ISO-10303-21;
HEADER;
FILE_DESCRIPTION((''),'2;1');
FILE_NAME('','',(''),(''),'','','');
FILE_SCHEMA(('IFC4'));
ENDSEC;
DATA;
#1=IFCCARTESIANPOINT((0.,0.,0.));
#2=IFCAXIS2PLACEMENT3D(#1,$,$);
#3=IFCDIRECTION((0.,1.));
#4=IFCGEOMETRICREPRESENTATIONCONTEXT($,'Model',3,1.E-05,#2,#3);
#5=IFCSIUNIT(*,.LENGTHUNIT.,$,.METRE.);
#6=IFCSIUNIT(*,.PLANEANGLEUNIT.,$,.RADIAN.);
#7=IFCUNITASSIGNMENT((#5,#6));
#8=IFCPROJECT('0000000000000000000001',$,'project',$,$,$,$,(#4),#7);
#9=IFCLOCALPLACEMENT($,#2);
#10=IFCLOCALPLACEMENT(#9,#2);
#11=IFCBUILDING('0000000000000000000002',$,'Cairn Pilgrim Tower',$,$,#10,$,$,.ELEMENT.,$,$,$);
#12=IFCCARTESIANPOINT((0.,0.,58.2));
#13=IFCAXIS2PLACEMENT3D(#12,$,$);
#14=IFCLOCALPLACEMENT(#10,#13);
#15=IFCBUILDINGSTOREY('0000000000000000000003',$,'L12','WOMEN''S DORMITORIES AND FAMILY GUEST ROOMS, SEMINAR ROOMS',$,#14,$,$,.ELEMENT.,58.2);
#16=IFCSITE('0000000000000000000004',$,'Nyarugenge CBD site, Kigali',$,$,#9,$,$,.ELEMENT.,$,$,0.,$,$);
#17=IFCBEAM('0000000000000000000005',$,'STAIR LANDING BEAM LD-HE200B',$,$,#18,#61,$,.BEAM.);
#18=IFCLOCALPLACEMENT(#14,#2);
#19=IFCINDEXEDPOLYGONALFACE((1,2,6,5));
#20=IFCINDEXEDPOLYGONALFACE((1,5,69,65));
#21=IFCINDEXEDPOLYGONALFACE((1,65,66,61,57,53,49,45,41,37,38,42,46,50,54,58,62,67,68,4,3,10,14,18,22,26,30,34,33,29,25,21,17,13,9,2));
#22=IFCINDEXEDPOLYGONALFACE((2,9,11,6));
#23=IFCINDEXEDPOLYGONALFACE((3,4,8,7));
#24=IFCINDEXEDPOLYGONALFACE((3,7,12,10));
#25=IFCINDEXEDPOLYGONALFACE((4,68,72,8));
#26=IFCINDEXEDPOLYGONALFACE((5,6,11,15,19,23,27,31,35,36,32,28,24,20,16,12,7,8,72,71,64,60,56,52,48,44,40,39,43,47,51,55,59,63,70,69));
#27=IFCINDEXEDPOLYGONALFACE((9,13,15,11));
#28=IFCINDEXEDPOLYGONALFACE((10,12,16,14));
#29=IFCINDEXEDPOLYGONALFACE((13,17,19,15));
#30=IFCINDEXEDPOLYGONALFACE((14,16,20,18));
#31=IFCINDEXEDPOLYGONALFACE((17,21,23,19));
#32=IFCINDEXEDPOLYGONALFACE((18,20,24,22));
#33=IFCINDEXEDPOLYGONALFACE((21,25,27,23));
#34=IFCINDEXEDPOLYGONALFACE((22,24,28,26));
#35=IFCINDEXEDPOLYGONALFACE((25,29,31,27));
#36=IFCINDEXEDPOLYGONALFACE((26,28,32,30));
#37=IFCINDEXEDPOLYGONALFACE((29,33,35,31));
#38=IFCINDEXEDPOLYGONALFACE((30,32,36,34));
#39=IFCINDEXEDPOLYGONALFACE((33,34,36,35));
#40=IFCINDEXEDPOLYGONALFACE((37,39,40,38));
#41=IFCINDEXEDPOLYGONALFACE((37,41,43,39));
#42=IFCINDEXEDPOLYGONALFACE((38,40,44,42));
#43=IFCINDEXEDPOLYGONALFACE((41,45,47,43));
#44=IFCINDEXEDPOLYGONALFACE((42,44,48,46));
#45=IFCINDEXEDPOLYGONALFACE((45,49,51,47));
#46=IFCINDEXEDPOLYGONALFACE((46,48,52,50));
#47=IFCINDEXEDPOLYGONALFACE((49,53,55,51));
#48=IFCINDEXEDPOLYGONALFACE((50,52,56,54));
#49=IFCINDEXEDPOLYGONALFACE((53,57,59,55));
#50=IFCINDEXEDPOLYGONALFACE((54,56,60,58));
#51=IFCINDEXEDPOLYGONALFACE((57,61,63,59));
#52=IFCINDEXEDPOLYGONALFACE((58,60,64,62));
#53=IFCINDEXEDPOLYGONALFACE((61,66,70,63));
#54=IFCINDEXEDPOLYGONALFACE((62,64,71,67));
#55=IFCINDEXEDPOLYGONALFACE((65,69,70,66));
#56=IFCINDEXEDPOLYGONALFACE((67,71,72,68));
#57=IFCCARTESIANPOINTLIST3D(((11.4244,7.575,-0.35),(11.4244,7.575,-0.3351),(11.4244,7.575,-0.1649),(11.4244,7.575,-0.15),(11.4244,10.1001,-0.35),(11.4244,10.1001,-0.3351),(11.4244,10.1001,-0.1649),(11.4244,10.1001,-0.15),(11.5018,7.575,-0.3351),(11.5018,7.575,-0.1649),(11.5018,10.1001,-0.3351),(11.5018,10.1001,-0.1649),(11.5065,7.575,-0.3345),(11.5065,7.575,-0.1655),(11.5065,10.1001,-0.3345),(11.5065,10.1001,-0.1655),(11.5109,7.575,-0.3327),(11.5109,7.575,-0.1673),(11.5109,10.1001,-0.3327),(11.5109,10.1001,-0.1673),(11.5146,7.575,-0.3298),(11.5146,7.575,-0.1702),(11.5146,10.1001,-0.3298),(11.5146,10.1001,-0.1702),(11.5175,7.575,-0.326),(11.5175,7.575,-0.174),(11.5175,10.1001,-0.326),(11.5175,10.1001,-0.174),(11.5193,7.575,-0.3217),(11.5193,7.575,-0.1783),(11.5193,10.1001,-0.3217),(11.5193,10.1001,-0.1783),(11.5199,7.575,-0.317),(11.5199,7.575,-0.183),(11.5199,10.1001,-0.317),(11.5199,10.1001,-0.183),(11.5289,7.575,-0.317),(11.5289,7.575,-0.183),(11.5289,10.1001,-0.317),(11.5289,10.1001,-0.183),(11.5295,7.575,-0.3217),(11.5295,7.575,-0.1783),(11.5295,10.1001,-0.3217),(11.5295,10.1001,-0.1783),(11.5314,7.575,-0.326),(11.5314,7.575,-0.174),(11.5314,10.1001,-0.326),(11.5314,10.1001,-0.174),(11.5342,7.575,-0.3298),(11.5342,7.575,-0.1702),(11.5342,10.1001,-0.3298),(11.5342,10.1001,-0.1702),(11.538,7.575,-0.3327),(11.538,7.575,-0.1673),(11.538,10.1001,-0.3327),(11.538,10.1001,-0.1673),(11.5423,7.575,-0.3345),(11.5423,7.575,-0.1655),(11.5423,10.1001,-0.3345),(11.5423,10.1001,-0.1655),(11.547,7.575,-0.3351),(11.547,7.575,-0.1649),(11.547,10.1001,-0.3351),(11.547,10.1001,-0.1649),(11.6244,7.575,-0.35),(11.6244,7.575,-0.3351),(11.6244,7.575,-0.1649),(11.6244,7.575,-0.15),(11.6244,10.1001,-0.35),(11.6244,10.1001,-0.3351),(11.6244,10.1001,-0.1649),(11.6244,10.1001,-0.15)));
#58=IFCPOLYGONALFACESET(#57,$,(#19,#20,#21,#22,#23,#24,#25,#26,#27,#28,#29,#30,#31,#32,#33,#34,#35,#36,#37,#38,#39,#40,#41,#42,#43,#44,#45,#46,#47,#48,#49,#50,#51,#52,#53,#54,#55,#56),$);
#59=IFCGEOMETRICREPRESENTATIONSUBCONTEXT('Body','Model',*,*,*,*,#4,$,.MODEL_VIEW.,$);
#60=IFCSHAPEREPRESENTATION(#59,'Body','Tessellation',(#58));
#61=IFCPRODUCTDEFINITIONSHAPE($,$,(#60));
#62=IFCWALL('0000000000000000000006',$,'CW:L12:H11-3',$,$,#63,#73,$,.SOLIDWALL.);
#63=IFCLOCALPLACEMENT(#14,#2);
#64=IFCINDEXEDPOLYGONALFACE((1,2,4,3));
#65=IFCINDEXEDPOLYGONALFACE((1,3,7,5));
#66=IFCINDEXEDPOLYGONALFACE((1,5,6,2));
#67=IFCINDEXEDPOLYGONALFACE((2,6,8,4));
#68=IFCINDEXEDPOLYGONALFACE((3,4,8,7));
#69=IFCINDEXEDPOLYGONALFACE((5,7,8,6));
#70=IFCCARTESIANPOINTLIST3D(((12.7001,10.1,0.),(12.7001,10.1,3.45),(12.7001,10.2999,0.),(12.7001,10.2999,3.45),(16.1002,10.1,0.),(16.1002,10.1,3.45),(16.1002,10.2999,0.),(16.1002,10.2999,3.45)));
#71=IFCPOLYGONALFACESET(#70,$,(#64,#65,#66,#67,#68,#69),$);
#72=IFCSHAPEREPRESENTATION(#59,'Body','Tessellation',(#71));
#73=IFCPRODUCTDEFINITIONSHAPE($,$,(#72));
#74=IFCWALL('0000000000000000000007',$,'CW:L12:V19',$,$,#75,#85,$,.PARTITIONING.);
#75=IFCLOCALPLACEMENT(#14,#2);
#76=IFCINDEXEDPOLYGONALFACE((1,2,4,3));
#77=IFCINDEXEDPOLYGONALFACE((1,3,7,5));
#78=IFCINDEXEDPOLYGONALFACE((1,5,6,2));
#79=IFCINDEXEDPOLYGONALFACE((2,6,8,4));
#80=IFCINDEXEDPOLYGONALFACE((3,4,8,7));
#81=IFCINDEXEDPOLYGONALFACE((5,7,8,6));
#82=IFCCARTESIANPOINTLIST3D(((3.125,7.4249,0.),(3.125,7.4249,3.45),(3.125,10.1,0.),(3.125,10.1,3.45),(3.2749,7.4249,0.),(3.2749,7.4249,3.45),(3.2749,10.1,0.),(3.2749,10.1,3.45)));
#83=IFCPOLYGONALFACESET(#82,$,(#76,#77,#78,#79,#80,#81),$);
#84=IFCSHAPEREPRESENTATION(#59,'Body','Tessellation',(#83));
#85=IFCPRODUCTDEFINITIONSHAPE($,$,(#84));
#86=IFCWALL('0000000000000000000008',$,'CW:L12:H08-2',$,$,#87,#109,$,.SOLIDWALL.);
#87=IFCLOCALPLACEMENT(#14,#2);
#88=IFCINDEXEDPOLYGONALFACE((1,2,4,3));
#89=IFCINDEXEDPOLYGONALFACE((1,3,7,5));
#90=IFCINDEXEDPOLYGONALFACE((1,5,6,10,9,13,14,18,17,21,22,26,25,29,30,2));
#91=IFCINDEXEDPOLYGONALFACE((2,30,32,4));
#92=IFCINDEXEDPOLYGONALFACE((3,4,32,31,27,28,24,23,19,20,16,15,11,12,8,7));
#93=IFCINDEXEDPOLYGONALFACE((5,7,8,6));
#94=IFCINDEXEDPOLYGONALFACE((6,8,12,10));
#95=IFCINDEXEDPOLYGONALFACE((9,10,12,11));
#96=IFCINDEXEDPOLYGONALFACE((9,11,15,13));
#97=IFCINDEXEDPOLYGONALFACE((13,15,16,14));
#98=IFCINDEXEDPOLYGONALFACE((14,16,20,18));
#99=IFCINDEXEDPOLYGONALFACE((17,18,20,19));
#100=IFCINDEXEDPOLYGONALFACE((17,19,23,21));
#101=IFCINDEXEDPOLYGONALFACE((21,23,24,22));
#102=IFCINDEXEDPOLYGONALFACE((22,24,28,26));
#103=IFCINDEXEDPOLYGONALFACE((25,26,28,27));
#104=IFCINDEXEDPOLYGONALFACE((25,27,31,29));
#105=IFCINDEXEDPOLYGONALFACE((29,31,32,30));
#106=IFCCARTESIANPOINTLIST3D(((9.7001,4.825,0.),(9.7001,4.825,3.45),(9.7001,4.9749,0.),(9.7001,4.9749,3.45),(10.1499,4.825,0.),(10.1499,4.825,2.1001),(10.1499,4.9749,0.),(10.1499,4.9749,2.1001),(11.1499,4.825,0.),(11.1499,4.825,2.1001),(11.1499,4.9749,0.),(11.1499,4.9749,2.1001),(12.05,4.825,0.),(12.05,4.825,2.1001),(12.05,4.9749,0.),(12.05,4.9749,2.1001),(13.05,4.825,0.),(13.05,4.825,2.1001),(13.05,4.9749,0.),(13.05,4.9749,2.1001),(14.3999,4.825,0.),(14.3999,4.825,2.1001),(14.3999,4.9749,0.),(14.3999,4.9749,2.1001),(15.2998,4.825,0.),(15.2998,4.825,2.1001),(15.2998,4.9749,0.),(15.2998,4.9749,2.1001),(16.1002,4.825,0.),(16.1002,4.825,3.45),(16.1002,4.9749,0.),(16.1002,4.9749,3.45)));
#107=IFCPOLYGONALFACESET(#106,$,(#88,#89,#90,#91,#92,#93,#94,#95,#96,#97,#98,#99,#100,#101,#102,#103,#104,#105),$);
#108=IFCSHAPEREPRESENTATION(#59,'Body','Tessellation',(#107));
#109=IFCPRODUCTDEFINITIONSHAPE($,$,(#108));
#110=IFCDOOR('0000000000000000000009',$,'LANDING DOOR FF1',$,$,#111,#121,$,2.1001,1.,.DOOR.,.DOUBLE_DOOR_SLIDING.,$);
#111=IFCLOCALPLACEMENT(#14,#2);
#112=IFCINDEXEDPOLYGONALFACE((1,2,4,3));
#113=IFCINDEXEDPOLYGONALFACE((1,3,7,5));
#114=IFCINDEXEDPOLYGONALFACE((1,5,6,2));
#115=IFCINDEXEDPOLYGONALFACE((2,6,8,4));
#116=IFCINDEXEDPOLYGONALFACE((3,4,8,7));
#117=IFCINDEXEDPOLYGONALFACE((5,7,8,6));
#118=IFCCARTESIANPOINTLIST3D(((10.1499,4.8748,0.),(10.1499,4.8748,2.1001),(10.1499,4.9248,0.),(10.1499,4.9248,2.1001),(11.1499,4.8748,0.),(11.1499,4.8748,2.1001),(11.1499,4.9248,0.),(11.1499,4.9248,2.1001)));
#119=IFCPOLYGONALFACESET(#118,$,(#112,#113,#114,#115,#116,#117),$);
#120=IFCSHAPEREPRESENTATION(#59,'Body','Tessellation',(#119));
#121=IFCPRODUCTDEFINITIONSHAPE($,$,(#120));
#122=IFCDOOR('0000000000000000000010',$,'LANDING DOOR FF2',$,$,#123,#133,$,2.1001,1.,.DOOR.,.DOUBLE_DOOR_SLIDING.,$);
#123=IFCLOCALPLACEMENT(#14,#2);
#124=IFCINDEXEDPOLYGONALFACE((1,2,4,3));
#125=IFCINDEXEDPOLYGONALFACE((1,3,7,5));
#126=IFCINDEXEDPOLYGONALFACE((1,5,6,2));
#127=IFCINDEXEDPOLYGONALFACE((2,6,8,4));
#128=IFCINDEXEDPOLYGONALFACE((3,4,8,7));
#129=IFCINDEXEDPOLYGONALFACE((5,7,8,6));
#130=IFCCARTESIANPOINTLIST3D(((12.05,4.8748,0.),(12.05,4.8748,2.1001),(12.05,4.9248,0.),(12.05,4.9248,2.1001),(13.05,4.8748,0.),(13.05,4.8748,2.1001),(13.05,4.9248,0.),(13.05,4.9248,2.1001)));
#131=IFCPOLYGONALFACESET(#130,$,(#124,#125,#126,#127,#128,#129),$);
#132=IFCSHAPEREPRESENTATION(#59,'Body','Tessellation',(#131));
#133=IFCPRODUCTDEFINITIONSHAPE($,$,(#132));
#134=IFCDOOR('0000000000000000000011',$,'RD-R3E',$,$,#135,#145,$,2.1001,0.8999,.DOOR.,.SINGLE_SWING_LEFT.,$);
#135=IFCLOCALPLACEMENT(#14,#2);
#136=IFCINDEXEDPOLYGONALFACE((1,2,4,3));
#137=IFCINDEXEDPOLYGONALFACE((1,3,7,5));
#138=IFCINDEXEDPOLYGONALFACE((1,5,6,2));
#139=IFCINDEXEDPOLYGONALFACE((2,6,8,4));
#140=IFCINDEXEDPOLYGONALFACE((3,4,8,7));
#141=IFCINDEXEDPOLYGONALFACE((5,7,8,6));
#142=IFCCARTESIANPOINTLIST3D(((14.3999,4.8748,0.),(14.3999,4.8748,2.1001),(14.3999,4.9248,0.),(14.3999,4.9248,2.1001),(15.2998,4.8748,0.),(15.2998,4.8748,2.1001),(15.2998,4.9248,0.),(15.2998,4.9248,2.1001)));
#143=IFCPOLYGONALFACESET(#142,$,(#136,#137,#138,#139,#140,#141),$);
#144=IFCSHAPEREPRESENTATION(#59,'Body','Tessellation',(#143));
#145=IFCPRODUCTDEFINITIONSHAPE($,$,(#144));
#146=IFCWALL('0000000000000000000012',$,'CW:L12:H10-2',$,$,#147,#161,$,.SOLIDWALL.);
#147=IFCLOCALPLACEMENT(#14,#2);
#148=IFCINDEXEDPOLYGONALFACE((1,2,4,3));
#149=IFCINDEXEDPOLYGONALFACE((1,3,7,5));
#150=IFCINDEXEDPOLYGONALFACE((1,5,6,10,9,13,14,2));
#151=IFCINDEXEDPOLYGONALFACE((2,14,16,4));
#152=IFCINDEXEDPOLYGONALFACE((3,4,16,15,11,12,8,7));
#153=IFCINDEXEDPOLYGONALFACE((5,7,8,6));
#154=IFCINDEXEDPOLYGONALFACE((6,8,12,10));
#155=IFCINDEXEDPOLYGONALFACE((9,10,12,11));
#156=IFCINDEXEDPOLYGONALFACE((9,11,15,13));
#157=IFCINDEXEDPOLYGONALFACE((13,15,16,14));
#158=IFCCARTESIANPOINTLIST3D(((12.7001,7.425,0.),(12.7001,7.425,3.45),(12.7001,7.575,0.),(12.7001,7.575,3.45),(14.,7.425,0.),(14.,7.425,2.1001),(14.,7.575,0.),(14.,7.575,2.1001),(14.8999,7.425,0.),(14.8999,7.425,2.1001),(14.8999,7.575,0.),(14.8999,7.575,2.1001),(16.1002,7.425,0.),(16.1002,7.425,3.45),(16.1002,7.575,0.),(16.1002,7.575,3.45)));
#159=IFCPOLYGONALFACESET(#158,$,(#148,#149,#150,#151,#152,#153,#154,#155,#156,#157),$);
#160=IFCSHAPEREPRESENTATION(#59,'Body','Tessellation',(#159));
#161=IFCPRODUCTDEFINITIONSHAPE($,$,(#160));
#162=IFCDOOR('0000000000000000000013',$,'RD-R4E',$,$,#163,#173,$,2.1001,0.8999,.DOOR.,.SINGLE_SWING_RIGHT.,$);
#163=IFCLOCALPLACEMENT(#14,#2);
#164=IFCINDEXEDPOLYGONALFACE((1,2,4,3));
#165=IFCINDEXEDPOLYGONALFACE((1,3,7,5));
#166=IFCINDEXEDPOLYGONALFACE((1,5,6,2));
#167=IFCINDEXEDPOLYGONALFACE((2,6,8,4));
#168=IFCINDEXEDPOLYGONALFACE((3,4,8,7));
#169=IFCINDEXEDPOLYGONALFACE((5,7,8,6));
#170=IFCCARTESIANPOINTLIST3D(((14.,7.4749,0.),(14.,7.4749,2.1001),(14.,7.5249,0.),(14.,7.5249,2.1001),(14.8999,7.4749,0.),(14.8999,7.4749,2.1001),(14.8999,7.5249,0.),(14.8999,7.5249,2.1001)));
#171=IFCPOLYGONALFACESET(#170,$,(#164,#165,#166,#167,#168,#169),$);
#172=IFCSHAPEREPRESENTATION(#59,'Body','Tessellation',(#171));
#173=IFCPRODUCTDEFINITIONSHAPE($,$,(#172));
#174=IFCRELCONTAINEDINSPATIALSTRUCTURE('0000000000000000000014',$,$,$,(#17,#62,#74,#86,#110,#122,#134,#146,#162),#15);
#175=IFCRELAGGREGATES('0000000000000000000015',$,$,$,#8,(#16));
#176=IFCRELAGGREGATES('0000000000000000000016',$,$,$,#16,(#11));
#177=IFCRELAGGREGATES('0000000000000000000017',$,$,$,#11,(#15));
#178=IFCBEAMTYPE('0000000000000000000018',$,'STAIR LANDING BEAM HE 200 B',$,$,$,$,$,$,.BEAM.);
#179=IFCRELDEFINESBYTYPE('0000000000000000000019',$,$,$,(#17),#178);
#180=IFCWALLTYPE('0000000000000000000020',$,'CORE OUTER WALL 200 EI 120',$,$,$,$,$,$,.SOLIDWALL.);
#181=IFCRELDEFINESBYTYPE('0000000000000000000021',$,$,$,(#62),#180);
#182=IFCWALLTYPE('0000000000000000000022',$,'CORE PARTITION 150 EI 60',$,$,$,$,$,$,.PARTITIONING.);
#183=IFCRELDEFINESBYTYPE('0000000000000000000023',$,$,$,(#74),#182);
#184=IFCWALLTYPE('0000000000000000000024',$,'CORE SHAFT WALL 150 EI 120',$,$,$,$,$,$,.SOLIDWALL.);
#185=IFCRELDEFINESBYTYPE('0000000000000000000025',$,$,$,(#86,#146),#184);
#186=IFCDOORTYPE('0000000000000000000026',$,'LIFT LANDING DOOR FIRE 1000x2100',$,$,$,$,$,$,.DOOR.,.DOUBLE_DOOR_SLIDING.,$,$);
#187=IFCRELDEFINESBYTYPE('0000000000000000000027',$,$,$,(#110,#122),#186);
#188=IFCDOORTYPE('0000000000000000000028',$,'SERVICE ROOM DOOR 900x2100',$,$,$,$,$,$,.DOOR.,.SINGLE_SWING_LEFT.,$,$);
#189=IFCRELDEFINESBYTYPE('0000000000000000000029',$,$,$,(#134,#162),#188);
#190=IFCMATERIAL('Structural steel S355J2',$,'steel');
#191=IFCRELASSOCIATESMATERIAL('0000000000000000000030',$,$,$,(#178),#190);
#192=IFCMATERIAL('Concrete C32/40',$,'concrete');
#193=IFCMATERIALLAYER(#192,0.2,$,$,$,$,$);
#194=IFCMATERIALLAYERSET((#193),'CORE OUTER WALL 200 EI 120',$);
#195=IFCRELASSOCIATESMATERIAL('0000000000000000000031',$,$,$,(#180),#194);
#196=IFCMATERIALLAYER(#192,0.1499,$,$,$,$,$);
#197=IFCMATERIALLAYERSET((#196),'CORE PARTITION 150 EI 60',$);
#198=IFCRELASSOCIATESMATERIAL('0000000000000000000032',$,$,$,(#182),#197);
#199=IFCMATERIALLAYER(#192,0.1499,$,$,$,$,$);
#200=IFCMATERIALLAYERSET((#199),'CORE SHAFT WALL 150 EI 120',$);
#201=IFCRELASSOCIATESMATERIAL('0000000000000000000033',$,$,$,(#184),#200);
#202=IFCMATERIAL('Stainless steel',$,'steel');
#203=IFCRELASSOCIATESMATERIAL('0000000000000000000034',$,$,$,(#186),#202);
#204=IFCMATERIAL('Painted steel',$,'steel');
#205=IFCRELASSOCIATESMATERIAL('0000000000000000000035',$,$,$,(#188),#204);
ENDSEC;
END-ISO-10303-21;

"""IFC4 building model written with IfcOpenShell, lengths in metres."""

from ifc_helpers import new_model, si_unit, direction, frame, frame_2d, origin, origin_2d, place, context, subcontext, project, spatial, rectangle, i_section, extrude, material, layer, layer_set, material_profile, profile_set, type_object, element, fill, save


model = new_model("IFC4")

# Units and contexts
model_context = context("Model", 3, precision=1e-05, world=origin(), true_north=direction((0.0, 1.0)))
body_context = subcontext(model_context, "Body", "Model", "MODEL_VIEW")
ifc_project = project(units=[si_unit("LENGTHUNIT", "METRE"), si_unit("PLANEANGLEUNIT", "RADIAN")], contexts=[model_context])

# Site, building, storey
site_placement = place(None, origin())
site = spatial("IfcSite", under=ifc_project, at=site_placement, Name="Nyarugenge CBD site, Kigali", CompositionType="ELEMENT", RefElevation=0.0)
building_placement = place(site_placement, origin())
building = spatial("IfcBuilding", under=site, at=building_placement, Name="Cairn Pilgrim Tower", CompositionType="ELEMENT")
storey_placement = place(building_placement, frame((0.0, 0.0, 58.2)))
storey = spatial("IfcBuildingStorey", under=building, at=storey_placement, Name="L12", Description="WOMEN'S DORMITORIES AND FAMILY GUEST ROOMS, SEMINAR ROOMS", CompositionType="ELEMENT", Elevation=58.2)

# Beam
ifc_material_1 = material(Name="Structural steel S355J2", Category="steel")
ifc_material_profile_1 = material_profile(ifc_material_1, i_section(OverallWidth=0.2, OverallDepth=0.2, WebThickness=0.009, FlangeThickness=0.0149, FilletRadius=0.0181, at=origin_2d()), Name="HE 200 B")
ifc_profile_set_1 = profile_set([ifc_material_profile_1], Name="Structural steel S355J2")
beam_type_1 = type_object("IfcBeamType", Name="STAIR LANDING BEAM HE 200 B", PredefinedType="BEAM", material=ifc_profile_set_1)
beam_1_placement = place(storey_placement, frame((11.5244, 10.1001, -0.25), z_axis=(0.0, -1.0, 0.0), x_axis=(1.0, 0.0, 0.0)))
element("IfcBeam", 1, at=beam_1_placement, inside=storey, type_object=beam_type_1, Name="STAIR LANDING BEAM LD-HE200B", PredefinedType="BEAM", context=body_context, shape_type="SweptSolid", body=[
    extrude(i_section(OverallWidth=0.2, OverallDepth=0.2, WebThickness=0.009, FlangeThickness=0.0149, FilletRadius=0.0181, at=origin_2d()), origin(), (0.0, 0.0, 1.0), 2.5251),
])

# Walls
ifc_material_2 = material(Name="Concrete C32/40", Category="concrete")
ifc_layer_1 = layer(ifc_material_2, 0.2)
ifc_layer_set_1 = layer_set([ifc_layer_1], Name="CORE OUTER WALL 200 EI 120")
wall_type_1 = type_object("IfcWallType", Name="CORE OUTER WALL 200 EI 120", PredefinedType="SOLIDWALL", material=ifc_layer_set_1)
wall_1_placement = place(storey_placement, frame((12.7, 10.2, 0.0), z_axis=(0.0, 0.0, 1.0), x_axis=(1.0, 0.0, 0.0)))
element("IfcWall", 2, at=wall_1_placement, inside=storey, type_object=wall_type_1, Name="CW:L12:H11-3", PredefinedType="SOLIDWALL", context=body_context, shape_type="SweptSolid", body=[
    extrude(rectangle(XDim=3.4001, YDim=0.2, at=frame_2d((1.7002, 0.0))), origin(), (0.0, 0.0, 1.0), 3.45),
])
ifc_layer_2 = layer(ifc_material_2, 0.1499)
ifc_layer_set_2 = layer_set([ifc_layer_2], Name="CORE PARTITION 150 EI 60")
wall_type_2 = type_object("IfcWallType", Name="CORE PARTITION 150 EI 60", PredefinedType="PARTITIONING", material=ifc_layer_set_2)
wall_2_placement = place(storey_placement, frame((3.2, 7.425, 0.0), z_axis=(0.0, 0.0, 1.0), x_axis=(0.0, 1.0, 0.0)))
element("IfcWall", 3, at=wall_2_placement, inside=storey, type_object=wall_type_2, Name="CW:L12:V19", PredefinedType="PARTITIONING", context=body_context, shape_type="SweptSolid", body=[
    extrude(rectangle(XDim=2.675, YDim=0.1499, at=frame_2d((1.3374, 0.0))), origin(), (0.0, 0.0, 1.0), 3.45),
])

# Wall, openings, doors
ifc_layer_3 = layer(ifc_material_2, 0.1499)
ifc_layer_set_3 = layer_set([ifc_layer_3], Name="CORE SHAFT WALL 150 EI 120")
wall_type_3 = type_object("IfcWallType", Name="CORE SHAFT WALL 150 EI 120", PredefinedType="SOLIDWALL", material=ifc_layer_set_3)
wall_3_placement = place(storey_placement, frame((9.7, 4.8999, 0.0), z_axis=(0.0, 0.0, 1.0), x_axis=(1.0, 0.0, 0.0)))
wall_3 = element("IfcWall", 4, at=wall_3_placement, inside=storey, type_object=wall_type_3, Name="CW:L12:H08-2", PredefinedType="SOLIDWALL", context=body_context, shape_type="SweptSolid", body=[
    extrude(rectangle(XDim=6.4001, YDim=0.1499, at=frame_2d((3.2002, 0.0))), origin(), (0.0, 0.0, 1.0), 3.45),
])
opening_1_placement = place(wall_3_placement, frame((0.45, 0.0, 0.0)))
opening_1 = element("IfcOpeningElement", 5, at=opening_1_placement, cuts=wall_3, PredefinedType="OPENING", context=body_context, shape_type="SweptSolid", body=[
    extrude(rectangle(XDim=1.0, YDim=2.1001, at=frame_2d((0.5, 1.05))), frame((0.0, 0.085, 0.0), z_axis=(0.0, -1.0, 0.0), x_axis=(1.0, 0.0, 0.0)), (0.0, 0.0, 1.0), 0.1699),
])
opening_2_placement = place(wall_3_placement, frame((2.3501, 0.0, 0.0)))
opening_2 = element("IfcOpeningElement", 6, at=opening_2_placement, cuts=wall_3, PredefinedType="OPENING", context=body_context, shape_type="SweptSolid", body=[
    extrude(rectangle(XDim=1.0, YDim=2.1001, at=frame_2d((0.5, 1.05))), frame((0.0, 0.085, 0.0), z_axis=(0.0, -1.0, 0.0), x_axis=(1.0, 0.0, 0.0)), (0.0, 0.0, 1.0), 0.1699),
])
opening_3_placement = place(wall_3_placement, frame((4.7, 0.0, 0.0)))
opening_3 = element("IfcOpeningElement", 7, at=opening_3_placement, cuts=wall_3, PredefinedType="OPENING", context=body_context, shape_type="SweptSolid", body=[
    extrude(rectangle(XDim=0.8999, YDim=2.1001, at=frame_2d((0.45, 1.05))), frame((0.0, 0.085, 0.0), z_axis=(0.0, -1.0, 0.0), x_axis=(1.0, 0.0, 0.0)), (0.0, 0.0, 1.0), 0.1699),
])
ifc_material_3 = material(Name="Stainless steel", Category="steel")
door_type_1 = type_object("IfcDoorType", Name="LIFT LANDING DOOR FIRE 1000x2100", OperationType="DOUBLE_DOOR_SLIDING", PredefinedType="DOOR", material=ifc_material_3)
door_1_placement = place(opening_1_placement, origin())
door_1 = element("IfcDoor", 8, at=door_1_placement, inside=storey, type_object=door_type_1, Name="LANDING DOOR FF1", OperationType="DOUBLE_DOOR_SLIDING", OverallHeight=2.1001, OverallWidth=1.0, PredefinedType="DOOR", context=body_context, shape_type="SweptSolid", body=[
    extrude(rectangle(XDim=1.0, YDim=2.1001, at=frame_2d((0.5, 1.05))), frame((0.0, 0.0249, 0.0), z_axis=(0.0, -1.0, 0.0), x_axis=(1.0, 0.0, 0.0)), (0.0, 0.0, 1.0), 0.05),
])
fill(opening_1, door_1)
door_2_placement = place(opening_2_placement, origin())
door_2 = element("IfcDoor", 9, at=door_2_placement, inside=storey, type_object=door_type_1, Name="LANDING DOOR FF2", OperationType="DOUBLE_DOOR_SLIDING", OverallHeight=2.1001, OverallWidth=1.0, PredefinedType="DOOR", context=body_context, shape_type="SweptSolid", body=[
    extrude(rectangle(XDim=1.0, YDim=2.1001, at=frame_2d((0.5, 1.05))), frame((0.0, 0.0249, 0.0), z_axis=(0.0, -1.0, 0.0), x_axis=(1.0, 0.0, 0.0)), (0.0, 0.0, 1.0), 0.05),
])
fill(opening_2, door_2)
ifc_material_4 = material(Name="Painted steel", Category="steel")
door_type_2 = type_object("IfcDoorType", Name="SERVICE ROOM DOOR 900x2100", OperationType="SINGLE_SWING_LEFT", PredefinedType="DOOR", material=ifc_material_4)
door_3_placement = place(opening_3_placement, origin())
door_3 = element("IfcDoor", 10, at=door_3_placement, inside=storey, type_object=door_type_2, Name="RD-R3E", OperationType="SINGLE_SWING_LEFT", OverallHeight=2.1001, OverallWidth=0.8999, PredefinedType="DOOR", context=body_context, shape_type="SweptSolid", body=[
    extrude(rectangle(XDim=0.8999, YDim=2.1001, at=frame_2d((0.45, 1.05))), frame((0.0, 0.0249, 0.0), z_axis=(0.0, -1.0, 0.0), x_axis=(1.0, 0.0, 0.0)), (0.0, 0.0, 1.0), 0.05),
])
fill(opening_3, door_3)

# Wall, opening, door
wall_4_placement = place(storey_placement, frame((12.7, 7.5, 0.0), z_axis=(0.0, 0.0, 1.0), x_axis=(1.0, 0.0, 0.0)))
wall_4 = element("IfcWall", 11, at=wall_4_placement, inside=storey, type_object=wall_type_3, Name="CW:L12:H10-2", PredefinedType="SOLIDWALL", context=body_context, shape_type="SweptSolid", body=[
    extrude(rectangle(XDim=3.4001, YDim=0.1499, at=frame_2d((1.7002, 0.0))), origin(), (0.0, 0.0, 1.0), 3.45),
])
opening_4_placement = place(wall_4_placement, frame((1.3, 0.0, 0.0)))
opening_4 = element("IfcOpeningElement", 12, at=opening_4_placement, cuts=wall_4, PredefinedType="OPENING", context=body_context, shape_type="SweptSolid", body=[
    extrude(rectangle(XDim=0.8999, YDim=2.1001, at=frame_2d((0.45, 1.05))), frame((0.0, 0.085, 0.0), z_axis=(0.0, -1.0, 0.0), x_axis=(1.0, 0.0, 0.0)), (0.0, 0.0, 1.0), 0.1699),
])
door_4_placement = place(opening_4_placement, origin())
door_4 = element("IfcDoor", 13, at=door_4_placement, inside=storey, type_object=door_type_2, Name="RD-R4E", OperationType="SINGLE_SWING_RIGHT", OverallHeight=2.1001, OverallWidth=0.8999, PredefinedType="DOOR", context=body_context, shape_type="SweptSolid", body=[
    extrude(rectangle(XDim=0.8999, YDim=2.1001, at=frame_2d((0.45, 1.05))), frame((0.0, 0.0249, 0.0), z_axis=(0.0, -1.0, 0.0), x_axis=(1.0, 0.0, 0.0)), (0.0, 0.0, 1.0), 0.05),
])
fill(opening_4, door_4)

save(model, "model.ifc")
